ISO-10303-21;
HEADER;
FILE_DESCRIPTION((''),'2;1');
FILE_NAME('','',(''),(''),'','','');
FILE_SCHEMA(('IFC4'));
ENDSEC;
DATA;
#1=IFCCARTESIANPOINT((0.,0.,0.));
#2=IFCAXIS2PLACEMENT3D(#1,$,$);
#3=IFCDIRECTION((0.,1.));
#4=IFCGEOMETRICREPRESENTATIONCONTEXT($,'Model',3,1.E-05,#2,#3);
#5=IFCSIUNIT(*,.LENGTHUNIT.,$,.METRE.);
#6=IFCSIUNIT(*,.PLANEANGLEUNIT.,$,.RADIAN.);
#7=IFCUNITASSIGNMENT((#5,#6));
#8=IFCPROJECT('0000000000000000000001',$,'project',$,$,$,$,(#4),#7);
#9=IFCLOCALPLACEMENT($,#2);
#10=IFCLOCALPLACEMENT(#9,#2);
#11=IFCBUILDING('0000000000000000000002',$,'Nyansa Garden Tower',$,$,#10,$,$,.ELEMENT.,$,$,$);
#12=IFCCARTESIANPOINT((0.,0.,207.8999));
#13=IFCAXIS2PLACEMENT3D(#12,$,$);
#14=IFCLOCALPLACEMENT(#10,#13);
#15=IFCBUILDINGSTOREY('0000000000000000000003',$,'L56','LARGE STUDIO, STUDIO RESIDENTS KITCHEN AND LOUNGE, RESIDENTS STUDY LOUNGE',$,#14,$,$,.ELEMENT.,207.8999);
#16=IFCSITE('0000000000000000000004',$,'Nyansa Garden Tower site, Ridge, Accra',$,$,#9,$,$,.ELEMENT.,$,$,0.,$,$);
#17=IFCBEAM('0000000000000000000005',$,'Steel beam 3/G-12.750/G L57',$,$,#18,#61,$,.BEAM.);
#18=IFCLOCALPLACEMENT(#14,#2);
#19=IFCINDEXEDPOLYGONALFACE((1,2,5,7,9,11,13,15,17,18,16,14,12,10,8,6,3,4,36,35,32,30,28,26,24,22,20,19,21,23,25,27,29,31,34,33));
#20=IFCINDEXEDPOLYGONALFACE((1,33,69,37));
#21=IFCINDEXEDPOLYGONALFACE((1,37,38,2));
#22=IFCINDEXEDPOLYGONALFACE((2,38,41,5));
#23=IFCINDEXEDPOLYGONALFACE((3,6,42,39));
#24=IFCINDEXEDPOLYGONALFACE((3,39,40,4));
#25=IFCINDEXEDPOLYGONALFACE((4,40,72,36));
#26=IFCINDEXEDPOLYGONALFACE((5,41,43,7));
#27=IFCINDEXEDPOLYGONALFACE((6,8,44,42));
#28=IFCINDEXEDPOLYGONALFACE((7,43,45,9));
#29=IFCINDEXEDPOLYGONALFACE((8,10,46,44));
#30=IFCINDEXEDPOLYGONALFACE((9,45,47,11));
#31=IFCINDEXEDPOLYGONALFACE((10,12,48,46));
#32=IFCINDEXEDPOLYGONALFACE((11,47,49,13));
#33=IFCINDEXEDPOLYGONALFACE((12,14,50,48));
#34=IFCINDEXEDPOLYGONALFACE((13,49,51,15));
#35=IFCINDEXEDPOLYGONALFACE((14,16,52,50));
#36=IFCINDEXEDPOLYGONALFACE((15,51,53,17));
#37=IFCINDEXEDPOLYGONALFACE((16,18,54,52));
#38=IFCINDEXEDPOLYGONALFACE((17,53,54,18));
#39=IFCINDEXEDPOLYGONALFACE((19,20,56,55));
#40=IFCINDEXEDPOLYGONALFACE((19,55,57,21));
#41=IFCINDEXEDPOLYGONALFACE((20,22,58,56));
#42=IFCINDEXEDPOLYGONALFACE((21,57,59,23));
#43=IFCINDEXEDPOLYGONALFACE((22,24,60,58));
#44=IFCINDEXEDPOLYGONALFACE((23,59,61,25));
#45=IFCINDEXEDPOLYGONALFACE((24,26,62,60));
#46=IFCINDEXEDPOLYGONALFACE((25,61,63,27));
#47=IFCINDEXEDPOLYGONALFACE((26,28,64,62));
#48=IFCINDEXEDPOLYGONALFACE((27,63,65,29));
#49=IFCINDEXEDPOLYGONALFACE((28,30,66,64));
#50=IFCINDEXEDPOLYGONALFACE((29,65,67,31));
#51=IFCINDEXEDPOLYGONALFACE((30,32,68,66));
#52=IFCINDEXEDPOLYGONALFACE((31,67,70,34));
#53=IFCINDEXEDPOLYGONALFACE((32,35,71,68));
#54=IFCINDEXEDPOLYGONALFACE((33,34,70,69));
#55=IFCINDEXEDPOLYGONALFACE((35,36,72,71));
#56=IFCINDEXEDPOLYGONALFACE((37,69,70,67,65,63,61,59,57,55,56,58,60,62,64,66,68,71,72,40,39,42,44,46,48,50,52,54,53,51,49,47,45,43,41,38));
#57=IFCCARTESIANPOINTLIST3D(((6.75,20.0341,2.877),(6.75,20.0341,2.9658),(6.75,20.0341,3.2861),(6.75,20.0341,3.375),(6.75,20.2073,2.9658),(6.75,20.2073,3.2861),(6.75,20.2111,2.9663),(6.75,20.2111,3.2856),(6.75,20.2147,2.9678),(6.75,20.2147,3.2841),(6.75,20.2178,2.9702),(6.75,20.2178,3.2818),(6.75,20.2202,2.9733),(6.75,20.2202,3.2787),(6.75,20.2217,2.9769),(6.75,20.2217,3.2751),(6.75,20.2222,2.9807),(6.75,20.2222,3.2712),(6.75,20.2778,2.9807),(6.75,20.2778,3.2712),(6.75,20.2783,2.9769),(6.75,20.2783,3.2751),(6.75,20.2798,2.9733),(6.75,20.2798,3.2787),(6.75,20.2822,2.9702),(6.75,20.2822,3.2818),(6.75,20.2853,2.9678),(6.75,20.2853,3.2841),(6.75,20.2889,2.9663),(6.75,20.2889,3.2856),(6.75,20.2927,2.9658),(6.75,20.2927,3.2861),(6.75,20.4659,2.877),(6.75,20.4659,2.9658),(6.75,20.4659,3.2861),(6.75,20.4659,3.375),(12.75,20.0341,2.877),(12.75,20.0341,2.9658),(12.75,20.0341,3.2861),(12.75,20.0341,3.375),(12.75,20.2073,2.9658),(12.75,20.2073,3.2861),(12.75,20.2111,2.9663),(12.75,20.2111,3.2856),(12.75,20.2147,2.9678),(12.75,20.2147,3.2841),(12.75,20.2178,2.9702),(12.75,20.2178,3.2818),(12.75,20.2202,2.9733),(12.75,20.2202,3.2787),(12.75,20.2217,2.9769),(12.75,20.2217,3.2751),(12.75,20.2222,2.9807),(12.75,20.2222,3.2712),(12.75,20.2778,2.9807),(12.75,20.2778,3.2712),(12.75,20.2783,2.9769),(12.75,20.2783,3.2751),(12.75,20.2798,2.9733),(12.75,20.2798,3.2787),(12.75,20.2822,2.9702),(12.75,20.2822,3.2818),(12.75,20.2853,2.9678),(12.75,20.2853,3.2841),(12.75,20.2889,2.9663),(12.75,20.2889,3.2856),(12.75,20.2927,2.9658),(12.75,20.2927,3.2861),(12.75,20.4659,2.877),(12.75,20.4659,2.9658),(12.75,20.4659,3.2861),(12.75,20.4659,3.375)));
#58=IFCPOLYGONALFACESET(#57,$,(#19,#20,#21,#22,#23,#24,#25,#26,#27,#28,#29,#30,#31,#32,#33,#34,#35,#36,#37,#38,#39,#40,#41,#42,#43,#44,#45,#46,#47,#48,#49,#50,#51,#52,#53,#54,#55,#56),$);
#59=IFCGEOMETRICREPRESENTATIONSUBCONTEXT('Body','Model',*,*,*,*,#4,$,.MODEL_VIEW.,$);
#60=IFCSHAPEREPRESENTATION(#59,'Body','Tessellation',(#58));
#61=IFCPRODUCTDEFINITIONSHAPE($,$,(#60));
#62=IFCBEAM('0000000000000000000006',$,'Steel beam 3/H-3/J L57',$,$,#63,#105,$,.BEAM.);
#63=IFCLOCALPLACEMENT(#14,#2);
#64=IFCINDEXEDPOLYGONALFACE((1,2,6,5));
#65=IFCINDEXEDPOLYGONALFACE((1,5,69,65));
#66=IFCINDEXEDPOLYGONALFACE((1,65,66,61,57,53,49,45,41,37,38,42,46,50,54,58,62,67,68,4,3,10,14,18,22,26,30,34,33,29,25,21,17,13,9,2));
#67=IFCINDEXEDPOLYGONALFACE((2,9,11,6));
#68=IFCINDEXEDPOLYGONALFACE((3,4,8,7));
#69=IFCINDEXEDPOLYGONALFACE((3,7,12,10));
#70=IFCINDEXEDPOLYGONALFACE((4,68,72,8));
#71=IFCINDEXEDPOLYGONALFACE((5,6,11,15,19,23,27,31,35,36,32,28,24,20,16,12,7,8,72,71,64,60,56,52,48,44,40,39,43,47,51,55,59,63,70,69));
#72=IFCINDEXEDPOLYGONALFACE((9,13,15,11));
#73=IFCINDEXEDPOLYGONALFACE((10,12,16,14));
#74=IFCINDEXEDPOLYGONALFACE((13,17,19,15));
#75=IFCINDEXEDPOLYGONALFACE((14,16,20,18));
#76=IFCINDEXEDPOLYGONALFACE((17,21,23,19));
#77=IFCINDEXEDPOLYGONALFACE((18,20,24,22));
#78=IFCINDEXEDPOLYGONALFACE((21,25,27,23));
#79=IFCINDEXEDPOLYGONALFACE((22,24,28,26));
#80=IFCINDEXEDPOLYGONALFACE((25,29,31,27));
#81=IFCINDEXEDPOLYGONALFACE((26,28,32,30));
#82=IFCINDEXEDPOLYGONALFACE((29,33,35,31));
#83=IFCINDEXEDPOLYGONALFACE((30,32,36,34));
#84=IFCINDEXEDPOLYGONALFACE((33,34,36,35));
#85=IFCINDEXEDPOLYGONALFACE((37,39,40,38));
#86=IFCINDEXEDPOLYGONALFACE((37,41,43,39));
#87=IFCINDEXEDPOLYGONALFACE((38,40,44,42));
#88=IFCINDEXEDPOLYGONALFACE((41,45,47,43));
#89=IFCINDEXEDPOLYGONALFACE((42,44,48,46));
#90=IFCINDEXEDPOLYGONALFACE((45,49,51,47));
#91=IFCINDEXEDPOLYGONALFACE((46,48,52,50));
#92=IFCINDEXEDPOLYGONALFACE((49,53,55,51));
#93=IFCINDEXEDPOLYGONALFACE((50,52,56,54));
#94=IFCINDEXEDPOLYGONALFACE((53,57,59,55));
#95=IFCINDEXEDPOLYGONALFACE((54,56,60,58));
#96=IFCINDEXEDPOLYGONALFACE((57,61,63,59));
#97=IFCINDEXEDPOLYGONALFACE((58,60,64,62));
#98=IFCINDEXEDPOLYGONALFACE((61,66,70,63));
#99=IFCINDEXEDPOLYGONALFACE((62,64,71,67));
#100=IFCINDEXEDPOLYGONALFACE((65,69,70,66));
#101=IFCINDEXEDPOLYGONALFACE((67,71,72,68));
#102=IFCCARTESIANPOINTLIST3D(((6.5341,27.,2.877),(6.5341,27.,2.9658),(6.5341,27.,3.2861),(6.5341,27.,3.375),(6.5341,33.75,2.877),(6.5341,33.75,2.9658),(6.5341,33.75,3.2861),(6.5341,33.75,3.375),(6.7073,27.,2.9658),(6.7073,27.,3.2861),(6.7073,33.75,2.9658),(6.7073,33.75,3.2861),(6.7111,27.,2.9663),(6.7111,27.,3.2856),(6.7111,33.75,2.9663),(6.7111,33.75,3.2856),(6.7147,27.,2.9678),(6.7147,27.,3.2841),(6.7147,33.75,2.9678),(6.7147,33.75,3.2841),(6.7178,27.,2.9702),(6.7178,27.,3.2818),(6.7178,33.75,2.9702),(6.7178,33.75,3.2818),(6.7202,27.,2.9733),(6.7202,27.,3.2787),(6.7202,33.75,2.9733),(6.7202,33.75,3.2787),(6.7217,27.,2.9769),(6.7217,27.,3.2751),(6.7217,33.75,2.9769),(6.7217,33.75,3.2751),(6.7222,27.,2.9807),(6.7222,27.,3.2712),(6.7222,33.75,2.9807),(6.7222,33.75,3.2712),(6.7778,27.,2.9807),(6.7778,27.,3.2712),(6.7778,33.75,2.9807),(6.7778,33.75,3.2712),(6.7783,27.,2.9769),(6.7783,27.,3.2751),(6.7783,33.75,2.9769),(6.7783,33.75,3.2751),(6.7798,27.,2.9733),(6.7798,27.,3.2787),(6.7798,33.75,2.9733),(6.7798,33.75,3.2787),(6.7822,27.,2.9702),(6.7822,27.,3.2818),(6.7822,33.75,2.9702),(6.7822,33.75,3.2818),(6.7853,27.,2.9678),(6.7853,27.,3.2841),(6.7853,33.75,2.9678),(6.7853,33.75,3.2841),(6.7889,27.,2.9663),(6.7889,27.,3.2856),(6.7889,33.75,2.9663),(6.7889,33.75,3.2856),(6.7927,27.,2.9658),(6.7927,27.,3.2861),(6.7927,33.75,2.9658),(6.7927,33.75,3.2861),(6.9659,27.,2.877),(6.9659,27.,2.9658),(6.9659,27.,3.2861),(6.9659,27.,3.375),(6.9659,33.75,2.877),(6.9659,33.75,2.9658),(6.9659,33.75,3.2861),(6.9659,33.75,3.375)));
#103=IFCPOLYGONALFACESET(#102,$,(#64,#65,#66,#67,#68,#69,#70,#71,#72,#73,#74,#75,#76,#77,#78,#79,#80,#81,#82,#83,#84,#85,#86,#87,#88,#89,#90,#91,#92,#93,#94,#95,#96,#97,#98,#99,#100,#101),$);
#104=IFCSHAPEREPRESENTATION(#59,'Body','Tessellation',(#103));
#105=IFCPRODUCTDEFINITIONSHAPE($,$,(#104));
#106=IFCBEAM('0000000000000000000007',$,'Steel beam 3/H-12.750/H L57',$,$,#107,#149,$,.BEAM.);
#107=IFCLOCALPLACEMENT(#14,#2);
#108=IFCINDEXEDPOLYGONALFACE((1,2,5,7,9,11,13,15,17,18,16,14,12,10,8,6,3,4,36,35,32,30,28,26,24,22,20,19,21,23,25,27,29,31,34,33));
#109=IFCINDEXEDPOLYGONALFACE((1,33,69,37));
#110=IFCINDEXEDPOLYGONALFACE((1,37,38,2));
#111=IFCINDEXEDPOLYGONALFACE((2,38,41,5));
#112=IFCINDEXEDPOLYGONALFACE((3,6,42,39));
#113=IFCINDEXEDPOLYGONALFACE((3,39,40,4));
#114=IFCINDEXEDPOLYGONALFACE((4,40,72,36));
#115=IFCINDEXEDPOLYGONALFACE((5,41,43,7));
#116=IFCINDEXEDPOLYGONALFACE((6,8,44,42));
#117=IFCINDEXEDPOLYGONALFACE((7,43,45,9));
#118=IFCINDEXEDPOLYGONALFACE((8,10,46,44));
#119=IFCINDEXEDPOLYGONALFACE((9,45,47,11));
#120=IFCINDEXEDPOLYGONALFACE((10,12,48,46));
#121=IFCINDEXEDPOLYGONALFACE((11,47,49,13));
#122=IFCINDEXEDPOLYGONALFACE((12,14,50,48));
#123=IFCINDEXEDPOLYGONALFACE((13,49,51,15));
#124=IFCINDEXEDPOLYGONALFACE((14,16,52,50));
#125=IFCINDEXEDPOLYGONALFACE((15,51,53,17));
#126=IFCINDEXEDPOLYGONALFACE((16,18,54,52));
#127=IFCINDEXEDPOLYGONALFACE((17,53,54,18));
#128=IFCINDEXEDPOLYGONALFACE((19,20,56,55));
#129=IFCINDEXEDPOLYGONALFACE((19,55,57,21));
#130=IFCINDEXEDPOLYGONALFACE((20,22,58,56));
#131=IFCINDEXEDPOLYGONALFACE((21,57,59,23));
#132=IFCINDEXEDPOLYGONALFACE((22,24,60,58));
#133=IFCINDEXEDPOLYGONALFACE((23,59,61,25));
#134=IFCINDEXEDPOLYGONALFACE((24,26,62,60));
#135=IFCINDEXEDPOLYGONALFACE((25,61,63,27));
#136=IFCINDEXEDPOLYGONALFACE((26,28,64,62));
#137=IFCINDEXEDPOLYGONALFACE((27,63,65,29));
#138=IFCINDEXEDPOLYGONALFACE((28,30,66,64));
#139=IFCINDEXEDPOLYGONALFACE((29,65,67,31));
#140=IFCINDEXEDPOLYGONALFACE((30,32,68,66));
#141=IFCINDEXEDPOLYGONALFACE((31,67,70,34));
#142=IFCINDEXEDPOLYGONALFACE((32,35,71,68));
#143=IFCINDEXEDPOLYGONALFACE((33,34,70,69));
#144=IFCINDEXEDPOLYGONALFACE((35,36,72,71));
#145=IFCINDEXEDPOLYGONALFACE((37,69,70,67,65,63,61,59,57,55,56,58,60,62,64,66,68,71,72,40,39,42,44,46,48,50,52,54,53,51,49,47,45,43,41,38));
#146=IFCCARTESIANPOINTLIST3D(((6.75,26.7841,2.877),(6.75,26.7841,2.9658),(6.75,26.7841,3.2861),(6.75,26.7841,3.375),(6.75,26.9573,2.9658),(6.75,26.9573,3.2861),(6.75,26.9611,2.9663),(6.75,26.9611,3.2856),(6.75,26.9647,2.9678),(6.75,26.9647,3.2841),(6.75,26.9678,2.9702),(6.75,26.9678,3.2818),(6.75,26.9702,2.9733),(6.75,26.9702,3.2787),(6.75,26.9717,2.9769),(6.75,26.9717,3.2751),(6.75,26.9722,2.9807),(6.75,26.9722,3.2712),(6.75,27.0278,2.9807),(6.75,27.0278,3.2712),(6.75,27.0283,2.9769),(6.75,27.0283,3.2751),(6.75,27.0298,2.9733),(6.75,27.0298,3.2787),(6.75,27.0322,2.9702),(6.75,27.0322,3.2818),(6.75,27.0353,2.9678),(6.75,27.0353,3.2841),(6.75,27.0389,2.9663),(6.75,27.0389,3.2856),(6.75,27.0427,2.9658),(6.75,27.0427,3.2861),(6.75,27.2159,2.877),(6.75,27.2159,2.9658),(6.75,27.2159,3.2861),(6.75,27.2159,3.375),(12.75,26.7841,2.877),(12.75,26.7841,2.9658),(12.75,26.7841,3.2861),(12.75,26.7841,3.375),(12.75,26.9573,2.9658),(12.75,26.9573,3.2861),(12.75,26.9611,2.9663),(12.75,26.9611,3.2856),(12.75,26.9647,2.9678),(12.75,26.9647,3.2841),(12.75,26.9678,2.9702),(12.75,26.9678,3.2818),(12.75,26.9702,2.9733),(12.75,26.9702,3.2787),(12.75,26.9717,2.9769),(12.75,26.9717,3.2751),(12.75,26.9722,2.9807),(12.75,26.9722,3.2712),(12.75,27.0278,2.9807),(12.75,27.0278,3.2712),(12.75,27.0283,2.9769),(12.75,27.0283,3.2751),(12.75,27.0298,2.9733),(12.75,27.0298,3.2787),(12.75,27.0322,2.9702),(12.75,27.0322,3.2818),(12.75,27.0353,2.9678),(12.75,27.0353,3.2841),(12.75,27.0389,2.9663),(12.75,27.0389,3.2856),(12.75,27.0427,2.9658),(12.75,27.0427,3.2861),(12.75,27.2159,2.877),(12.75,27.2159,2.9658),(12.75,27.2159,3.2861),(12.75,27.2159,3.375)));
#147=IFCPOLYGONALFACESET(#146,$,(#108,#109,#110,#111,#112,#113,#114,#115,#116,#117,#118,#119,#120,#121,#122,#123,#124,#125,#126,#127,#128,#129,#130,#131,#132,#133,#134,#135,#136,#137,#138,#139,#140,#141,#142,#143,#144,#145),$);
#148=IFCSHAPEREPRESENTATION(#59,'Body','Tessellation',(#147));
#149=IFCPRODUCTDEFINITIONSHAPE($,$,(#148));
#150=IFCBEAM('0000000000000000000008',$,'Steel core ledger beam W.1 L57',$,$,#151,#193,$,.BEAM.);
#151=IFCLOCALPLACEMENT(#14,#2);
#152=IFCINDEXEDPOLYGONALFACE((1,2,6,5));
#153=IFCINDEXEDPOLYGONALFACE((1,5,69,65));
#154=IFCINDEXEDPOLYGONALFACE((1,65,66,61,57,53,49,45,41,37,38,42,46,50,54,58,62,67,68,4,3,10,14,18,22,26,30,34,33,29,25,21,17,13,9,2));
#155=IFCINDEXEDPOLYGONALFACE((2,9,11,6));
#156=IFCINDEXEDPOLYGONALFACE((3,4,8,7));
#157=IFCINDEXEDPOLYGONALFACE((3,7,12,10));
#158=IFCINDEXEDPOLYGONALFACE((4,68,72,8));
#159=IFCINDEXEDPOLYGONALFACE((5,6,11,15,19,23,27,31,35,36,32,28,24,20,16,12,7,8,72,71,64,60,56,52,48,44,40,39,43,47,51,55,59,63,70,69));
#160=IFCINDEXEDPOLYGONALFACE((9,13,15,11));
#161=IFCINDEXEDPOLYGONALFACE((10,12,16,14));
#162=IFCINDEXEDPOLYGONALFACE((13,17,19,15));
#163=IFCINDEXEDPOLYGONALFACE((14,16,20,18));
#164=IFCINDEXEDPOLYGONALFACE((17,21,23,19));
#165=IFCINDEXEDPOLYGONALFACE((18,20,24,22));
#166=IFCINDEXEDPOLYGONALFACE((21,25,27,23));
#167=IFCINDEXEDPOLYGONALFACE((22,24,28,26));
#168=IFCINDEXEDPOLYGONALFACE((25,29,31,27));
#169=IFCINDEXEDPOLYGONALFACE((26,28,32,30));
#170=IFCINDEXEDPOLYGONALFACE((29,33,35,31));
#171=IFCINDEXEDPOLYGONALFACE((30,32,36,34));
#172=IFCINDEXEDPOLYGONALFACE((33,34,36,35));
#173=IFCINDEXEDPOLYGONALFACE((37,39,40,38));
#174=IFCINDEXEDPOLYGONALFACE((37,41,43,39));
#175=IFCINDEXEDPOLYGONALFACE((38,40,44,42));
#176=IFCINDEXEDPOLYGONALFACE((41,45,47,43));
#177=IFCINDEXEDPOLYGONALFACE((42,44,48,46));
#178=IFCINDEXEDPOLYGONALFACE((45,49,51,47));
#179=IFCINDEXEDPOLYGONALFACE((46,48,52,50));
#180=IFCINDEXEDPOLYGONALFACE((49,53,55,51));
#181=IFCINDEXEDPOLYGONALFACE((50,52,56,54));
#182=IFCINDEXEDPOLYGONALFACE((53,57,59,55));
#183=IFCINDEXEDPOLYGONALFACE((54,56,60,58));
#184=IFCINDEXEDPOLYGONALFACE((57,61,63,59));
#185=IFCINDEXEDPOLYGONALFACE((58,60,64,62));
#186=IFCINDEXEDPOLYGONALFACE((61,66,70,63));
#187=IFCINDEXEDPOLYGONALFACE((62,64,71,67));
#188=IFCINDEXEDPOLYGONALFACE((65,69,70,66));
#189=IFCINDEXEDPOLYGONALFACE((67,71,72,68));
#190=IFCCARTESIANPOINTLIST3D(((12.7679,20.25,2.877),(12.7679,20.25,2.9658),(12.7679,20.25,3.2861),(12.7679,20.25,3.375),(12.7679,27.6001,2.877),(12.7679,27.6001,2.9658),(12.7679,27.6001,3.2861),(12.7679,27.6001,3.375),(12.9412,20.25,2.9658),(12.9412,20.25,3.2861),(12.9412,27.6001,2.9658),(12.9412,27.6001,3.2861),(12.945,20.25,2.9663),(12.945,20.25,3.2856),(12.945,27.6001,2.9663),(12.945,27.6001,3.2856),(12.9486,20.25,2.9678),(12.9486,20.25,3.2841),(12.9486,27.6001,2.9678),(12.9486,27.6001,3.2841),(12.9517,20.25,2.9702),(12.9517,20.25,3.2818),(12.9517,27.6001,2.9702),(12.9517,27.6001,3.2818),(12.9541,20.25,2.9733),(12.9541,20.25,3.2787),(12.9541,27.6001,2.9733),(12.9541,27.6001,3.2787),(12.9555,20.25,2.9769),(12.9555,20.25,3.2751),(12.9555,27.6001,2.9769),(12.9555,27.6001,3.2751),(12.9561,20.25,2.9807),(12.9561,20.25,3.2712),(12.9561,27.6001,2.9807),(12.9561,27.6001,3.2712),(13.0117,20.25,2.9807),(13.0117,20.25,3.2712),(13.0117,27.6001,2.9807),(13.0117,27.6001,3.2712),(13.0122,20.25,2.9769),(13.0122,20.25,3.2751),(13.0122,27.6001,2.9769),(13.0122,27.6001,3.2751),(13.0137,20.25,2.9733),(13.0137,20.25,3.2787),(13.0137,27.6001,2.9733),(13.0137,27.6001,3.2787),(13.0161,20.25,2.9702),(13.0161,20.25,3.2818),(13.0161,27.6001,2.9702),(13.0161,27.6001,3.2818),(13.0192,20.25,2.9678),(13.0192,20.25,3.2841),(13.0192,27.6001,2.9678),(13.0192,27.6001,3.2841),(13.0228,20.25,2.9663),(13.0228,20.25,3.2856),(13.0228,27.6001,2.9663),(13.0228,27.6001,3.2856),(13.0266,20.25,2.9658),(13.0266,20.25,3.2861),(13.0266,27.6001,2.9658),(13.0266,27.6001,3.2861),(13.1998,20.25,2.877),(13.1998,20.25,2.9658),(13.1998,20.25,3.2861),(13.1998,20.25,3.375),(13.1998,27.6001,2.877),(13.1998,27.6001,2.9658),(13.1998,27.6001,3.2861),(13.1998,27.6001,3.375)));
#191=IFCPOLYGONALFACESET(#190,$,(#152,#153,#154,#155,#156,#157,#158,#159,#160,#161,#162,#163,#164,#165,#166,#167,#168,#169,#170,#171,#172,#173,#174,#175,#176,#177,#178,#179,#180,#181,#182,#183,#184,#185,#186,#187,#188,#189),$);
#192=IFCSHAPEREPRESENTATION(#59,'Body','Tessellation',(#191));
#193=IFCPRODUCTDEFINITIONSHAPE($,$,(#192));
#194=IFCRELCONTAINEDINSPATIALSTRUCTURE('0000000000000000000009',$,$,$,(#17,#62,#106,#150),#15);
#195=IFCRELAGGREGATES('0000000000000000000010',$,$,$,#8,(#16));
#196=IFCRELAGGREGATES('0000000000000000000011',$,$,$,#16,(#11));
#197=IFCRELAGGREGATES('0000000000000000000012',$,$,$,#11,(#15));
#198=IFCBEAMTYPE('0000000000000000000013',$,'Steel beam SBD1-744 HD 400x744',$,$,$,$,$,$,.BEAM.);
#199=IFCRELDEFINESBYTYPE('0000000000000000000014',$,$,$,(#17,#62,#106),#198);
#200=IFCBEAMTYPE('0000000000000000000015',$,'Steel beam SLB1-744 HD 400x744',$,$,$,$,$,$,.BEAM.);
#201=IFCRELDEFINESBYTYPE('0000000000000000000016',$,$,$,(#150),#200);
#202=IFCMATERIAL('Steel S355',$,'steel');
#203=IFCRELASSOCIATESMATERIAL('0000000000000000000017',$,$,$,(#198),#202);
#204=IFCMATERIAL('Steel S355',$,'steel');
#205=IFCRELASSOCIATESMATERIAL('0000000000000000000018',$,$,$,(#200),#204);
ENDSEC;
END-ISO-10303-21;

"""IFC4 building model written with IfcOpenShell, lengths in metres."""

from ifc_helpers import new_model, si_unit, direction, frame, origin, origin_2d, place, context, subcontext, project, spatial, i_section, extrude, material, material_profile, profile_set, type_object, element, save


model = new_model("IFC4")

# Units and contexts
model_context = context("Model", 3, precision=1e-05, world=origin(), true_north=direction((0.0, 1.0)))
body_context = subcontext(model_context, "Body", "Model", "MODEL_VIEW")
ifc_project = project(units=[si_unit("LENGTHUNIT", "METRE"), si_unit("PLANEANGLEUNIT", "RADIAN")], contexts=[model_context])

# Site, building, storey
site_placement = place(None, origin())
site = spatial("IfcSite", under=ifc_project, at=site_placement, Name="Nyansa Garden Tower site, Ridge, Accra", CompositionType="ELEMENT", RefElevation=0.0)
building_placement = place(site_placement, origin())
building = spatial("IfcBuilding", under=site, at=building_placement, Name="Nyansa Garden Tower", CompositionType="ELEMENT")
storey_placement = place(building_placement, frame((0.0, 0.0, 207.8999)))
storey = spatial("IfcBuildingStorey", under=building, at=storey_placement, Name="L56", Description="LARGE STUDIO, STUDIO RESIDENTS KITCHEN AND LOUNGE, RESIDENTS STUDY LOUNGE", CompositionType="ELEMENT", Elevation=207.8999)

# Beams
ifc_material_1 = material(Name="Steel S355", Category="steel")
ifc_material_profile_1 = material_profile(ifc_material_1, i_section(OverallWidth=0.4319, OverallDepth=0.498, WebThickness=0.0557, FlangeThickness=0.0889, FilletRadius=0.0149, at=origin_2d()), Name="HD 400x744")
ifc_profile_set_1 = profile_set([ifc_material_profile_1], Name="Steel S355")
beam_type_1 = type_object("IfcBeamType", Name="Steel beam SBD1-744 HD 400x744", PredefinedType="BEAM", material=ifc_profile_set_1)
beam_1_placement = place(storey_placement, frame((6.75, 20.25, 3.126), z_axis=(1.0, 0.0, 0.0), x_axis=(0.0, 1.0, 0.0)))
element("IfcBeam", 1, at=beam_1_placement, inside=storey, type_object=beam_type_1, Name="Steel beam 3/G-12.750/G L57", PredefinedType="BEAM", context=body_context, shape_type="SweptSolid", body=[
    extrude(i_section(OverallWidth=0.4319, OverallDepth=0.498, WebThickness=0.0557, FlangeThickness=0.0889, FilletRadius=0.0149, at=origin_2d()), origin(), (0.0, 0.0, 1.0), 6.0),
])
beam_2_placement = place(storey_placement, frame((6.75, 27.0, 3.126), z_axis=(0.0, 1.0, 0.0), x_axis=(-1.0, 0.0, 0.0)))
element("IfcBeam", 2, at=beam_2_placement, inside=storey, type_object=beam_type_1, Name="Steel beam 3/H-3/J L57", PredefinedType="BEAM", context=body_context, shape_type="SweptSolid", body=[
    extrude(i_section(OverallWidth=0.4319, OverallDepth=0.498, WebThickness=0.0557, FlangeThickness=0.0889, FilletRadius=0.0149, at=origin_2d()), origin(), (0.0, 0.0, 1.0), 6.75),
])
beam_3_placement = place(storey_placement, frame((6.75, 27.0, 3.126), z_axis=(1.0, 0.0, 0.0), x_axis=(0.0, 1.0, 0.0)))
element("IfcBeam", 3, at=beam_3_placement, inside=storey, type_object=beam_type_1, Name="Steel beam 3/H-12.750/H L57", PredefinedType="BEAM", context=body_context, shape_type="SweptSolid", body=[
    extrude(i_section(OverallWidth=0.4319, OverallDepth=0.498, WebThickness=0.0557, FlangeThickness=0.0889, FilletRadius=0.0149, at=origin_2d()), origin(), (0.0, 0.0, 1.0), 6.0),
])
ifc_material_2 = material(Name="Steel S355", Category="steel")
ifc_material_profile_2 = material_profile(ifc_material_2, i_section(OverallWidth=0.4319, OverallDepth=0.498, WebThickness=0.0557, FlangeThickness=0.0889, FilletRadius=0.0149, at=origin_2d()), Name="HD 400x744")
ifc_profile_set_2 = profile_set([ifc_material_profile_2], Name="Steel S355")
beam_type_2 = type_object("IfcBeamType", Name="Steel beam SLB1-744 HD 400x744", PredefinedType="BEAM", material=ifc_profile_set_2)
for number, where, z_axis, x_axis, name in (
    (4, (12.9839, 27.6001, 3.126), (0.0, -1.0, 0.0), (1.0, 0.0, 0.0), "Steel core ledger beam W.1 L57"),
):
    element("IfcBeam", number, at=place(storey_placement, frame(where, z_axis=z_axis, x_axis=x_axis)), inside=storey, type_object=beam_type_2, Name=name, PredefinedType="BEAM", context=body_context, shape_type="SweptSolid", body=[
        extrude(i_section(OverallWidth=0.4319, OverallDepth=0.498, WebThickness=0.0557, FlangeThickness=0.0889, FilletRadius=0.0149, at=origin_2d()), origin(), (0.0, 0.0, 1.0), 7.3501),
    ])

save(model, "model.ifc")
